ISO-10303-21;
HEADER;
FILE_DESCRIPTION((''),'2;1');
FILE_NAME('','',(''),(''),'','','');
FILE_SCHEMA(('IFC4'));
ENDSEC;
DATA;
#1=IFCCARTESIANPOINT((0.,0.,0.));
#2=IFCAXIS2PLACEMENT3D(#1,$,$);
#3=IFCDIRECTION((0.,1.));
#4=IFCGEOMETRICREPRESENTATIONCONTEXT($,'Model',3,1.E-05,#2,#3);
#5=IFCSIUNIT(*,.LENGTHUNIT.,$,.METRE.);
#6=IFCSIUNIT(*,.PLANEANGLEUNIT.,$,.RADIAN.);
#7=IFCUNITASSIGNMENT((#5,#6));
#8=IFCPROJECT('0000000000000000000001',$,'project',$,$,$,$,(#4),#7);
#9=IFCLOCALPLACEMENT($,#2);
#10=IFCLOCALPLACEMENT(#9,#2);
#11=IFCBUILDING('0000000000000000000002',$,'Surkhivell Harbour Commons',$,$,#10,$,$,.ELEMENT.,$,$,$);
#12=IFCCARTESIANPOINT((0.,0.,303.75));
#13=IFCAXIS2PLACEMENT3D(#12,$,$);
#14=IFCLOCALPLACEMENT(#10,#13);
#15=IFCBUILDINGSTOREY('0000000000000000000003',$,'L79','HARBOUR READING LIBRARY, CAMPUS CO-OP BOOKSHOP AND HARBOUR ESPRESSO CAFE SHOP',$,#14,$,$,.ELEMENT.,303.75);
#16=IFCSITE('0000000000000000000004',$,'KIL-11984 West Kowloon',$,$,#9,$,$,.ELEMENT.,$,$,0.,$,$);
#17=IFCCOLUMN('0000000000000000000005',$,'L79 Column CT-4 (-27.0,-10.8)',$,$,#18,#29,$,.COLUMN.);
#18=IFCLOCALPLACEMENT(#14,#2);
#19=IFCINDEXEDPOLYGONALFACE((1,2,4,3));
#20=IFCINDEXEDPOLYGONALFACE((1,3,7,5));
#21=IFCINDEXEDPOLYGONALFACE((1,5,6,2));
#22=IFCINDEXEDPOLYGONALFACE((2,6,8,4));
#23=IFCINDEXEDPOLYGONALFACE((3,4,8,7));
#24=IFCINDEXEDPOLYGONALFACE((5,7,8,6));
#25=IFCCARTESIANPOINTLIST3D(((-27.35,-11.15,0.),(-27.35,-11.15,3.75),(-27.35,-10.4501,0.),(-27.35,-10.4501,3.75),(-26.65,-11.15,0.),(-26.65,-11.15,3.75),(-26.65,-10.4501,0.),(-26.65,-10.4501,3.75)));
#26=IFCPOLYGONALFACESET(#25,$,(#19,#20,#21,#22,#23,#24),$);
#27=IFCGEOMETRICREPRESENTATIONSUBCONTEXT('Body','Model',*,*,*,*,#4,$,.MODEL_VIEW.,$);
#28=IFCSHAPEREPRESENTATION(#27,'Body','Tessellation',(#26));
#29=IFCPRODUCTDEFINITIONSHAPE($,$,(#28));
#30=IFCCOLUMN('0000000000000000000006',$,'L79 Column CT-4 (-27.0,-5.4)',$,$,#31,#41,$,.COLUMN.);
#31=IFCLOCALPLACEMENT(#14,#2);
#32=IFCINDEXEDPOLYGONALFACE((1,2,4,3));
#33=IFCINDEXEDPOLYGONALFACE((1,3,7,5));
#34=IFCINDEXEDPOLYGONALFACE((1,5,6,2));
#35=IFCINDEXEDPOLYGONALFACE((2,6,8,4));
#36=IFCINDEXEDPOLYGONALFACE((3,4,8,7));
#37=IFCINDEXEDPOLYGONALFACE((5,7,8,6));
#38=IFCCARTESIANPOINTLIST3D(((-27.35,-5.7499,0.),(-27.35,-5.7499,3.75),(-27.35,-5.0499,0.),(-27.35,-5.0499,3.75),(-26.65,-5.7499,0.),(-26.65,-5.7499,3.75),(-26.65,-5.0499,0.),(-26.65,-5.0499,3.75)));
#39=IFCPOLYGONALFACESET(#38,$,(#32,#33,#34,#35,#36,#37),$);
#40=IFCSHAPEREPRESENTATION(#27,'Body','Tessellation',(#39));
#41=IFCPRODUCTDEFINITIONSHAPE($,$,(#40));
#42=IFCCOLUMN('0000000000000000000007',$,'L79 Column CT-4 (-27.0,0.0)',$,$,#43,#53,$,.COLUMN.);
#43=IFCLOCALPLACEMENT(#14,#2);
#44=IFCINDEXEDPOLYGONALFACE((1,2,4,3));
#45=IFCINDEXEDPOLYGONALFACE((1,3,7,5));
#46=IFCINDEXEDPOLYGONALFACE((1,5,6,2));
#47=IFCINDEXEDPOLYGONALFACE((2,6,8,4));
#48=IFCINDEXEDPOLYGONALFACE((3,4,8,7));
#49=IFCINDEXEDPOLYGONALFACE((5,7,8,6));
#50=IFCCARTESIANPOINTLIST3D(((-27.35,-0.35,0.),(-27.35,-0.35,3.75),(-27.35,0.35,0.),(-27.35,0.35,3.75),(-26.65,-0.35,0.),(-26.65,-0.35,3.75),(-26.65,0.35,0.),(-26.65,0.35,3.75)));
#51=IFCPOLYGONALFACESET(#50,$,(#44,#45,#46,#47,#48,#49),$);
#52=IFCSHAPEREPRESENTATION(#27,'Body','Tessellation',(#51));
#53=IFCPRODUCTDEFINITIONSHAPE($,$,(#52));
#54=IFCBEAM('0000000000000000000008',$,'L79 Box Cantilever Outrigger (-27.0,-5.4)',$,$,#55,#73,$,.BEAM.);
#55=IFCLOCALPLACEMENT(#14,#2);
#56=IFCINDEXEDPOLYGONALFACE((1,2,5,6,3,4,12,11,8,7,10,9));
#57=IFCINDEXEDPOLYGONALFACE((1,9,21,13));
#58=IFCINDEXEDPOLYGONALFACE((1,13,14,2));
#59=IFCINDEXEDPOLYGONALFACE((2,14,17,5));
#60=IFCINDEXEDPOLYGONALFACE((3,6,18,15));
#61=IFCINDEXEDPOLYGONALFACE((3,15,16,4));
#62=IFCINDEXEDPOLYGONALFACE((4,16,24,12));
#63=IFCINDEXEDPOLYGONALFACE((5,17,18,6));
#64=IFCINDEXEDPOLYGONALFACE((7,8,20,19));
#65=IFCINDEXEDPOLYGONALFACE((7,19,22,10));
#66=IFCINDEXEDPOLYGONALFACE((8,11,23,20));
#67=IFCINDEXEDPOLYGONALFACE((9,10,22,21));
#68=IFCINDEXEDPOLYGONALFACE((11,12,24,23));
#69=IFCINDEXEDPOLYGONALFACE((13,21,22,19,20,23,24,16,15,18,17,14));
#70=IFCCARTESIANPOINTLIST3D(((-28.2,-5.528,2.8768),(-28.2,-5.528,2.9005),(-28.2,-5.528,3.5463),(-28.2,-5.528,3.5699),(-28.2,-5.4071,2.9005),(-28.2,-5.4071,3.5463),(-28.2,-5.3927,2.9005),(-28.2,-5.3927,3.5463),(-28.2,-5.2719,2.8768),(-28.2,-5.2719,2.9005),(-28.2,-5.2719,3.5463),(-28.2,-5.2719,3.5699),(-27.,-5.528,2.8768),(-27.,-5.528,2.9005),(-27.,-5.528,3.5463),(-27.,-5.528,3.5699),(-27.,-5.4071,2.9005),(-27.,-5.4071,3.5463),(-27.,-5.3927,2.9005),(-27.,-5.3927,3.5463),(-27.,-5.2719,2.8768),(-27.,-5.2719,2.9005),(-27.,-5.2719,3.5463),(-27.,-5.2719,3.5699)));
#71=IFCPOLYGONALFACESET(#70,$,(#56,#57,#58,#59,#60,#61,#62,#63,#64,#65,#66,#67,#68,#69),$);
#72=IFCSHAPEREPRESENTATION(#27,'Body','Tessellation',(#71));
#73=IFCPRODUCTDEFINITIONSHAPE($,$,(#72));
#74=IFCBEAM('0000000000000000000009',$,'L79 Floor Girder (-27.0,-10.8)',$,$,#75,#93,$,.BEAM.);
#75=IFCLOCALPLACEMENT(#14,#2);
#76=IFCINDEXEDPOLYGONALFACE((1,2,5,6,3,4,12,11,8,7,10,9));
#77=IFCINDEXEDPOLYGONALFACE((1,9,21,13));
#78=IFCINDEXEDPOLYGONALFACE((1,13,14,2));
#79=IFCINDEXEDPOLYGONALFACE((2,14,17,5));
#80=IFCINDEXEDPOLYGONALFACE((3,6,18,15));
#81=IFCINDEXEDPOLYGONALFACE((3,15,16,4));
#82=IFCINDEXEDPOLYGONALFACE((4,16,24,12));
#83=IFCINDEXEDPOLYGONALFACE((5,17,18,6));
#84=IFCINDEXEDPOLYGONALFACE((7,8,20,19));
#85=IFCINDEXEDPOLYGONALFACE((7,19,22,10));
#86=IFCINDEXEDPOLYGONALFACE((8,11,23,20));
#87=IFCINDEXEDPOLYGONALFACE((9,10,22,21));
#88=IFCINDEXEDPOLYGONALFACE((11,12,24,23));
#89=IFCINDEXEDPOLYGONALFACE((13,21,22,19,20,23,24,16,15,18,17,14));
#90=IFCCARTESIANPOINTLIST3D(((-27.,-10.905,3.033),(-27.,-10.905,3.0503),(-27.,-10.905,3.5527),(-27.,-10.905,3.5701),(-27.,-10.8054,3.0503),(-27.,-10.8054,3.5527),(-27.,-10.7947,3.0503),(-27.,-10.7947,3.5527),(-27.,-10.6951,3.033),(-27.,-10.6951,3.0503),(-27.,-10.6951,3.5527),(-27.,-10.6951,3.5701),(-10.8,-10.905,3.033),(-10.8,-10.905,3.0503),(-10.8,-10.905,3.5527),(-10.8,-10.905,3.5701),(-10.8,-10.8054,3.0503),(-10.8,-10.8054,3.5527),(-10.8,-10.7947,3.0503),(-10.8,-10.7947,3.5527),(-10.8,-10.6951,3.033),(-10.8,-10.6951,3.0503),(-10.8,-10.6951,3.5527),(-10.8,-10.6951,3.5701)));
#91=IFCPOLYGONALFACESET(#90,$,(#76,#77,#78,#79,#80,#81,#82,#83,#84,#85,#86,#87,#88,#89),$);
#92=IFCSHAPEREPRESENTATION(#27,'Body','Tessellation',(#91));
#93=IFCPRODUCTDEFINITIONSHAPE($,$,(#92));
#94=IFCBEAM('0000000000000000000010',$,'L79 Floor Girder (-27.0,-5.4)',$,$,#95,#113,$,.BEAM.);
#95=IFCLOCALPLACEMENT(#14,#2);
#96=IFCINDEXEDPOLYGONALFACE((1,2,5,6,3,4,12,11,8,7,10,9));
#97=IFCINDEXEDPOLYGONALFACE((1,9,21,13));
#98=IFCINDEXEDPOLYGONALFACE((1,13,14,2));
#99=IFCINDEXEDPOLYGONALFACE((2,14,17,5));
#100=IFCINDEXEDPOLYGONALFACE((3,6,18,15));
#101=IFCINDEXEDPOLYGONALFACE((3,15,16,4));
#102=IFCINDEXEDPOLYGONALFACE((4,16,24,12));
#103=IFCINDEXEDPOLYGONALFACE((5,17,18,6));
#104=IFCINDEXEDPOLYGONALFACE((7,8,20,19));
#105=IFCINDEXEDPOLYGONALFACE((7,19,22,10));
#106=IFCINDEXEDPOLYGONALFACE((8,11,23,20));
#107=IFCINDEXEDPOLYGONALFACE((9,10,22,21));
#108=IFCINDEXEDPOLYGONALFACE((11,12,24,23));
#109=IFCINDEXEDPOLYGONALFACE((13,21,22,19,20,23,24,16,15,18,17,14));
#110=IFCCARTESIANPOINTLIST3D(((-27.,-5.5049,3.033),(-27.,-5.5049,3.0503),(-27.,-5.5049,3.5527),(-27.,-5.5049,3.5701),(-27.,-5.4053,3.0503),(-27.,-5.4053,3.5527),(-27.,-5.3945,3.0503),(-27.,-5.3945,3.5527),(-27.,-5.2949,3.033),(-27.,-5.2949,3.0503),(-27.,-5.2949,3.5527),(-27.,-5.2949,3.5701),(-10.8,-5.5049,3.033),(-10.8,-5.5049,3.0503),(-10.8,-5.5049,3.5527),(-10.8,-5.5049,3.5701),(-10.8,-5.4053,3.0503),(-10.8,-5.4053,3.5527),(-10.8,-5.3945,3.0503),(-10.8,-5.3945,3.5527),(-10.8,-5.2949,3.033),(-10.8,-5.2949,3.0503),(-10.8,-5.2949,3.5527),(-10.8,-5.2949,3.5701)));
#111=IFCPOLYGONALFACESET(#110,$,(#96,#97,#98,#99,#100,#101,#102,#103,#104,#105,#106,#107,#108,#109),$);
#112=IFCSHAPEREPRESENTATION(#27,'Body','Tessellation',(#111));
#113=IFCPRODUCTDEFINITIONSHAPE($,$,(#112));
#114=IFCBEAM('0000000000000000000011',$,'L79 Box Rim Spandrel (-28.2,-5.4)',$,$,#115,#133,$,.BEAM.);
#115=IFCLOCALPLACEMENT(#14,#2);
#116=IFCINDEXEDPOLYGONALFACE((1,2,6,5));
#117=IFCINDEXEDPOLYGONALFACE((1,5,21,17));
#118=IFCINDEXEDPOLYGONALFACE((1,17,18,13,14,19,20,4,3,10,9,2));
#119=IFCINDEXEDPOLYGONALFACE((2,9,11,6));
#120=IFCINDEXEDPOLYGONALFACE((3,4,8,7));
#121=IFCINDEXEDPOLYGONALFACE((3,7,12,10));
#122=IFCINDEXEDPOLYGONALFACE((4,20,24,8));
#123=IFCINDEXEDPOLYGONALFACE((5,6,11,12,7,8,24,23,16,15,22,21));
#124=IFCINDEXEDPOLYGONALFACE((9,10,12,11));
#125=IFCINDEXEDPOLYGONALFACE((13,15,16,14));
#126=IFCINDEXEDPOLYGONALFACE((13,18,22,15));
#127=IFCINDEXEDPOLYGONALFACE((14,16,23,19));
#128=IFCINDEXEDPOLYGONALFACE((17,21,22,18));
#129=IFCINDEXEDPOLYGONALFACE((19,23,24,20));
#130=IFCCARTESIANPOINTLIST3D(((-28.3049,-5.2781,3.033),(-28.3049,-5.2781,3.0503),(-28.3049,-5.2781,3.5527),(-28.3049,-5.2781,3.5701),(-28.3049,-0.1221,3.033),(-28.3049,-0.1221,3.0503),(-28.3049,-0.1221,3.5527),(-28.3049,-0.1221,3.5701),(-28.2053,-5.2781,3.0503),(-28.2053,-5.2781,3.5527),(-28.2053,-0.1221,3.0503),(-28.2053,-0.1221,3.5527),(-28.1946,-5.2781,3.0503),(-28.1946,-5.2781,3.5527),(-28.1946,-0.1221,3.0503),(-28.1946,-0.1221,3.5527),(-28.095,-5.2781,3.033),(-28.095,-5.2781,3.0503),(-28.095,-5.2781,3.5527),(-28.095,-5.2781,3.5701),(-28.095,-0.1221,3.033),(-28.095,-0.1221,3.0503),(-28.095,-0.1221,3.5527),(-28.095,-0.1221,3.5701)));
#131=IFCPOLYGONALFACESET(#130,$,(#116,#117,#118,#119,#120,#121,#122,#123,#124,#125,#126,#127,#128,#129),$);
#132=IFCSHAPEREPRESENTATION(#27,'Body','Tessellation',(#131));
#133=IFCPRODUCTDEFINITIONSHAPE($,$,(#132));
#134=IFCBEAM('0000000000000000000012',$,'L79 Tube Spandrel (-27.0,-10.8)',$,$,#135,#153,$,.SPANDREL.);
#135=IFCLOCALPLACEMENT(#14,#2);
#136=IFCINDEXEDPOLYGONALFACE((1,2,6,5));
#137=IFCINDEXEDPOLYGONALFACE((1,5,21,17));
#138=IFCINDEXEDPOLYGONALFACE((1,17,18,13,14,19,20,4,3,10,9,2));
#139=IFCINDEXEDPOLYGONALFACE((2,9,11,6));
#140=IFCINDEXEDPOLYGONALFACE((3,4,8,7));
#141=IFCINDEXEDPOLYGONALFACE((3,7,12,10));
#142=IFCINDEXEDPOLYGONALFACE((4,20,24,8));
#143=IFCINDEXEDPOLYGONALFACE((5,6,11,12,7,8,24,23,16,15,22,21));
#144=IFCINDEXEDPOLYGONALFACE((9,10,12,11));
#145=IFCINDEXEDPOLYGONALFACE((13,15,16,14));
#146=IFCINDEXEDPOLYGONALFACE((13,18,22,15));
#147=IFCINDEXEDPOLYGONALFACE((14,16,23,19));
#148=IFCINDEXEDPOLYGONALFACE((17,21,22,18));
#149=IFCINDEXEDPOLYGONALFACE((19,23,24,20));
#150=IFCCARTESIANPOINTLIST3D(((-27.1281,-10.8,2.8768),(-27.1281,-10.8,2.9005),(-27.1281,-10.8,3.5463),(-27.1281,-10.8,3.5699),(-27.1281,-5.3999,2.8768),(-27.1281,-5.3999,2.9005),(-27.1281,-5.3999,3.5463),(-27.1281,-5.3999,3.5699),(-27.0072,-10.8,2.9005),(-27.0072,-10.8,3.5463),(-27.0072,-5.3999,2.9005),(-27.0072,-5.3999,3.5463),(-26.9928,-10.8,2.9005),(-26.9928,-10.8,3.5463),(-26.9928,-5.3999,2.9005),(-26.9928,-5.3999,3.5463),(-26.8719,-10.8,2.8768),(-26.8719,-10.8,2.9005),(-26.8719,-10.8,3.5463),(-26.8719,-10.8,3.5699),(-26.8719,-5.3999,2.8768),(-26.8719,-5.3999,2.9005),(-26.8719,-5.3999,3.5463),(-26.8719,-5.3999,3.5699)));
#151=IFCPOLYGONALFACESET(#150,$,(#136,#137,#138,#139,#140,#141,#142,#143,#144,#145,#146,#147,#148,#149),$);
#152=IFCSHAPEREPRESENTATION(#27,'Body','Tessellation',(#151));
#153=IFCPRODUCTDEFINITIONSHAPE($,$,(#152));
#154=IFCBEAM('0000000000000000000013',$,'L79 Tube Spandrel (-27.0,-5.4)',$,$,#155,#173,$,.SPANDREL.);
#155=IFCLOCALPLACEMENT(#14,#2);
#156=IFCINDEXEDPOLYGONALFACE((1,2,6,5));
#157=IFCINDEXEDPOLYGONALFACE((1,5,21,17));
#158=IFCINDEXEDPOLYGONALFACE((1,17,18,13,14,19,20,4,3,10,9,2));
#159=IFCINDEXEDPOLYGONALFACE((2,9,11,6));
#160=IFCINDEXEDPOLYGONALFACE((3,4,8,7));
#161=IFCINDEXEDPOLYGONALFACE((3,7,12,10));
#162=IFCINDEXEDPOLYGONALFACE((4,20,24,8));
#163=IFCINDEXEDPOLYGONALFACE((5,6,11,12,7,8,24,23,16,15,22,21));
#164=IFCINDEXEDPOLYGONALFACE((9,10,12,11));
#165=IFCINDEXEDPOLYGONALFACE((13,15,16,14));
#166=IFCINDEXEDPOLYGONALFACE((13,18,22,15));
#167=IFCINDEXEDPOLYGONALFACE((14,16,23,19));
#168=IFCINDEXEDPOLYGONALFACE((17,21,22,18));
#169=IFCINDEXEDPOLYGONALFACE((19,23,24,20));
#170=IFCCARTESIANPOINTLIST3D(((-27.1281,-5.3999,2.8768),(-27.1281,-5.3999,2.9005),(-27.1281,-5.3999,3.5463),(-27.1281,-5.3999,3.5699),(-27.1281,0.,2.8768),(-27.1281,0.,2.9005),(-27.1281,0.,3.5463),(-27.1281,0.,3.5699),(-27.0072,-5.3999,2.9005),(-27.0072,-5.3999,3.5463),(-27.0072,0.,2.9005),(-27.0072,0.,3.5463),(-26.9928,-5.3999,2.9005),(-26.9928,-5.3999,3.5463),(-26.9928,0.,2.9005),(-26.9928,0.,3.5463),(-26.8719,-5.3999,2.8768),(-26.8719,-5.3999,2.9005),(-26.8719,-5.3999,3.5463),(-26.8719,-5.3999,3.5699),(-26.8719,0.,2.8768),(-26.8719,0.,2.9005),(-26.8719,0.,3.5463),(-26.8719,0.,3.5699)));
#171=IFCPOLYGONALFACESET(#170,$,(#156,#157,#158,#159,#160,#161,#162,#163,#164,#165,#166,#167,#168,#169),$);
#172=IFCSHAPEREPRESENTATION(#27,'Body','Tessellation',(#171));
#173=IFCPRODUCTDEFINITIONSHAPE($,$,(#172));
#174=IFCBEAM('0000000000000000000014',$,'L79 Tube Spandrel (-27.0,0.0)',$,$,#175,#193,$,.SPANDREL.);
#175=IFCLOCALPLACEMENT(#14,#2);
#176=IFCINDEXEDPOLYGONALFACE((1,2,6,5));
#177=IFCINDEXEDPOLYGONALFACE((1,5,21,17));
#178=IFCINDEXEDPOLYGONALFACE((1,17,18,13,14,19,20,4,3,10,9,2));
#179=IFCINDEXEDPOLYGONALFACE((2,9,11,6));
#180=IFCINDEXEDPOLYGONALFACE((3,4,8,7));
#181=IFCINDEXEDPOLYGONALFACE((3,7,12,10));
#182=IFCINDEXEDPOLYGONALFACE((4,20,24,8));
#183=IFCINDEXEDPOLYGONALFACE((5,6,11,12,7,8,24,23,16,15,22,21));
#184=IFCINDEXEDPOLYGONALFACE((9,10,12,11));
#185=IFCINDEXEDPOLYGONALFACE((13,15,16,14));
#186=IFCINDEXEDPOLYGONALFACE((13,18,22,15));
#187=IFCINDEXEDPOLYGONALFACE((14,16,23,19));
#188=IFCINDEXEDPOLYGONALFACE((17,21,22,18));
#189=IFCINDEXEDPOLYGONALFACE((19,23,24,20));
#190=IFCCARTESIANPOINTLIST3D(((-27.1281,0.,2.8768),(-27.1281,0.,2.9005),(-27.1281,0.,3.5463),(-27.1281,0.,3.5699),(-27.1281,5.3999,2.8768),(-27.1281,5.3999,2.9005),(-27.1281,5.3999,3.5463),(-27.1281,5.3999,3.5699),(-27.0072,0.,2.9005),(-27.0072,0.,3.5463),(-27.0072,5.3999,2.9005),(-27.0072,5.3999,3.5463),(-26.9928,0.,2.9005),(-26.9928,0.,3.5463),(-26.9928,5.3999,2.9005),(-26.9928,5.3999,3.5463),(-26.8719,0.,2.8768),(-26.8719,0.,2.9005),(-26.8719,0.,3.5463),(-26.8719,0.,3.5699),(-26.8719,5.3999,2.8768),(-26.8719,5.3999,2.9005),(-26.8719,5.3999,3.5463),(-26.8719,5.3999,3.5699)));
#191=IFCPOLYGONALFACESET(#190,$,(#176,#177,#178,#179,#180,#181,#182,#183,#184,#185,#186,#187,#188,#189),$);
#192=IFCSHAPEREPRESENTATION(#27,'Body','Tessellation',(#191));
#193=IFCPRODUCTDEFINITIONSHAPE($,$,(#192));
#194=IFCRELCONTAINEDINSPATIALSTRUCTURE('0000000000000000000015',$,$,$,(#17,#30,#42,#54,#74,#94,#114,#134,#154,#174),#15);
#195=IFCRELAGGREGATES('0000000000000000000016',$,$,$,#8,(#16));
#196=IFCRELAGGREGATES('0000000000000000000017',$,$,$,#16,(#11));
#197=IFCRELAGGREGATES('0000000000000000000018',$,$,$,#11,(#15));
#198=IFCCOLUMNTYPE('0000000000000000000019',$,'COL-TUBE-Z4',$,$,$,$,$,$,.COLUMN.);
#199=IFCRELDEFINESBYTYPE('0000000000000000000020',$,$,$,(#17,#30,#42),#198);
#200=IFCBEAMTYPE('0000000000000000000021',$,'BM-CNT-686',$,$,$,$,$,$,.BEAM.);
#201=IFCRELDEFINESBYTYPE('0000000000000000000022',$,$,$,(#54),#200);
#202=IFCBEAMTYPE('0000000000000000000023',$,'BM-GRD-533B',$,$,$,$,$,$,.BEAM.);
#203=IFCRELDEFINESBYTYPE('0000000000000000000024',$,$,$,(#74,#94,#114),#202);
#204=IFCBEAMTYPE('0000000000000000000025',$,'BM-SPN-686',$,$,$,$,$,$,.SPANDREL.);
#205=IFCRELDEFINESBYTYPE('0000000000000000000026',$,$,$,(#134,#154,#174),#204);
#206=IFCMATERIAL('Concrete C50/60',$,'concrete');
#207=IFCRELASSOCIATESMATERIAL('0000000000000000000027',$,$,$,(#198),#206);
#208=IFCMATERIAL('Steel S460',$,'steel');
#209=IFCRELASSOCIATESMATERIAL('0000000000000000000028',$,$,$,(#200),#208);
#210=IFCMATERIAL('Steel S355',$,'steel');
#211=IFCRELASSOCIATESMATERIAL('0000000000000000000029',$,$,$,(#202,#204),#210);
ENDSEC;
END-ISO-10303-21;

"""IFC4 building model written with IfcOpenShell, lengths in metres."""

from ifc_helpers import new_model, si_unit, direction, frame, origin, origin_2d, place, context, subcontext, project, spatial, rectangle, i_section, extrude, material, material_profile, profile_set, type_object, element, save


model = new_model("IFC4")

# Units and contexts
model_context = context("Model", 3, precision=1e-05, world=origin(), true_north=direction((0.0, 1.0)))
body_context = subcontext(model_context, "Body", "Model", "MODEL_VIEW")
ifc_project = project(units=[si_unit("LENGTHUNIT", "METRE"), si_unit("PLANEANGLEUNIT", "RADIAN")], contexts=[model_context])

# Site, building, storey
site_placement = place(None, origin())
site = spatial("IfcSite", under=ifc_project, at=site_placement, Name="KIL-11984 West Kowloon", CompositionType="ELEMENT", RefElevation=0.0)
building_placement = place(site_placement, origin())
building = spatial("IfcBuilding", under=site, at=building_placement, Name="Surkhivell Harbour Commons", CompositionType="ELEMENT")
storey_placement = place(building_placement, frame((0.0, 0.0, 303.75)))
storey = spatial("IfcBuildingStorey", under=building, at=storey_placement, Name="L79", Description="HARBOUR READING LIBRARY, CAMPUS CO-OP BOOKSHOP AND HARBOUR ESPRESSO CAFE SHOP", CompositionType="ELEMENT", Elevation=303.75)

# Columns
ifc_material_1 = material(Name="Concrete C50/60", Category="concrete")
ifc_material_profile_1 = material_profile(ifc_material_1, rectangle(XDim=0.7, YDim=0.7, at=origin_2d()), Name="RC-COL-700x700")
ifc_profile_set_1 = profile_set([ifc_material_profile_1], Name="Concrete C50/60")
column_type = type_object("IfcColumnType", Name="COL-TUBE-Z4", PredefinedType="COLUMN", material=ifc_profile_set_1)
for number, where, z_axis, x_axis, name in (
    (1, (-27.0, -10.8, 0.0), (0.0, 0.0, 1.0), (1.0, 0.0, 0.0), "L79 Column CT-4 (-27.0,-10.8)"),
    (2, (-27.0, -5.3999, 0.0), (0.0, 0.0, 1.0), (1.0, 0.0, 0.0), "L79 Column CT-4 (-27.0,-5.4)"),
    (3, (-27.0, 0.0, 0.0), (0.0, 0.0, 1.0), (1.0, 0.0, 0.0), "L79 Column CT-4 (-27.0,0.0)"),
):
    element("IfcColumn", number, at=place(storey_placement, frame(where, z_axis=z_axis, x_axis=x_axis)), inside=storey, type_object=column_type, Name=name, PredefinedType="COLUMN", context=body_context, shape_type="SweptSolid", body=[
        extrude(rectangle(XDim=0.7, YDim=0.7, at=origin_2d()), origin(), (0.0, 0.0, 1.0), 3.75),
    ])

# Beams
ifc_material_2 = material(Name="Steel S460", Category="steel")
ifc_material_profile_2 = material_profile(ifc_material_2, i_section(OverallWidth=0.2561, OverallDepth=0.6931, WebThickness=0.0144, FlangeThickness=0.0237, at=origin_2d()), Name="UB686x254x170")
ifc_profile_set_2 = profile_set([ifc_material_profile_2], Name="Steel S460")
beam_type_1 = type_object("IfcBeamType", Name="BM-CNT-686", PredefinedType="BEAM", material=ifc_profile_set_2)
beam_1_placement = place(storey_placement, frame((-27.0, -5.3999, 3.2234), z_axis=(-1.0, 0.0, 0.0), x_axis=(0.0, -1.0, 0.0)))
element("IfcBeam", 4, at=beam_1_placement, inside=storey, type_object=beam_type_1, Name="L79 Box Cantilever Outrigger (-27.0,-5.4)", PredefinedType="BEAM", context=body_context, shape_type="SweptSolid", body=[
    extrude(i_section(OverallWidth=0.2561, OverallDepth=0.6931, WebThickness=0.0144, FlangeThickness=0.0237, at=origin_2d()), origin(), (0.0, 0.0, 1.0), 1.2),
])
ifc_material_3 = material(Name="Steel S355", Category="steel")
ifc_material_profile_3 = material_profile(ifc_material_3, i_section(OverallWidth=0.21, OverallDepth=0.5371, WebThickness=0.0107, FlangeThickness=0.0173, at=origin_2d()), Name="UB533x210x101")
ifc_profile_set_3 = profile_set([ifc_material_profile_3], Name="Steel S355")
beam_type_2 = type_object("IfcBeamType", Name="BM-GRD-533B", PredefinedType="BEAM", material=ifc_profile_set_3)
for number, where, z_axis, x_axis, name in (
    (5, (-27.0, -10.8, 3.3015), (1.0, 0.0, 0.0), (0.0, 1.0, 0.0), "L79 Floor Girder (-27.0,-10.8)"),
    (6, (-27.0, -5.3999, 3.3015), (1.0, 0.0, 0.0), (0.0, 1.0, 0.0), "L79 Floor Girder (-27.0,-5.4)"),
):
    element("IfcBeam", number, at=place(storey_placement, frame(where, z_axis=z_axis, x_axis=x_axis)), inside=storey, type_object=beam_type_2, Name=name, PredefinedType="BEAM", context=body_context, shape_type="SweptSolid", body=[
        extrude(i_section(OverallWidth=0.21, OverallDepth=0.5371, WebThickness=0.0107, FlangeThickness=0.0173, at=origin_2d()), origin(), (0.0, 0.0, 1.0), 16.2),
    ])
beam_2_placement = place(storey_placement, frame((-28.2, -5.2781, 3.3015), z_axis=(0.0, 1.0, 0.0), x_axis=(-1.0, 0.0, 0.0)))
element("IfcBeam", 7, at=beam_2_placement, inside=storey, type_object=beam_type_2, Name="L79 Box Rim Spandrel (-28.2,-5.4)", PredefinedType="BEAM", context=body_context, shape_type="SweptSolid", body=[
    extrude(i_section(OverallWidth=0.21, OverallDepth=0.5371, WebThickness=0.0107, FlangeThickness=0.0173, at=origin_2d()), origin(), (0.0, 0.0, 1.0), 5.156),
])
ifc_material_profile_4 = material_profile(ifc_material_3, i_section(OverallWidth=0.2561, OverallDepth=0.6931, WebThickness=0.0144, FlangeThickness=0.0237, at=origin_2d()), Name="UB686x254x170")
ifc_profile_set_4 = profile_set([ifc_material_profile_4], Name="Steel S355")
beam_type_3 = type_object("IfcBeamType", Name="BM-SPN-686", PredefinedType="SPANDREL", material=ifc_profile_set_4)
beam_3_placement = place(storey_placement, frame((-27.0, -10.8, 3.2234), z_axis=(0.0, 1.0, 0.0), x_axis=(-1.0, 0.0, 0.0)))
element("IfcBeam", 8, at=beam_3_placement, inside=storey, type_object=beam_type_3, Name="L79 Tube Spandrel (-27.0,-10.8)", PredefinedType="SPANDREL", context=body_context, shape_type="SweptSolid", body=[
    extrude(i_section(OverallWidth=0.2561, OverallDepth=0.6931, WebThickness=0.0144, FlangeThickness=0.0237, at=origin_2d()), origin(), (0.0, 0.0, 1.0), 5.4001),
])
for number, where, z_axis, x_axis, name in (
    (9, (-27.0, -5.3999, 3.2234), (0.0, 1.0, 0.0), (-1.0, 0.0, 0.0), "L79 Tube Spandrel (-27.0,-5.4)"),
    (10, (-27.0, 0.0, 3.2234), (0.0, 1.0, 0.0), (-1.0, 0.0, 0.0), "L79 Tube Spandrel (-27.0,0.0)"),
):
    element("IfcBeam", number, at=place(storey_placement, frame(where, z_axis=z_axis, x_axis=x_axis)), inside=storey, type_object=beam_type_3, Name=name, PredefinedType="SPANDREL", context=body_context, shape_type="SweptSolid", body=[
        extrude(i_section(OverallWidth=0.2561, OverallDepth=0.6931, WebThickness=0.0144, FlangeThickness=0.0237, at=origin_2d()), origin(), (0.0, 0.0, 1.0), 5.3999),
    ])

save(model, "model.ifc")
